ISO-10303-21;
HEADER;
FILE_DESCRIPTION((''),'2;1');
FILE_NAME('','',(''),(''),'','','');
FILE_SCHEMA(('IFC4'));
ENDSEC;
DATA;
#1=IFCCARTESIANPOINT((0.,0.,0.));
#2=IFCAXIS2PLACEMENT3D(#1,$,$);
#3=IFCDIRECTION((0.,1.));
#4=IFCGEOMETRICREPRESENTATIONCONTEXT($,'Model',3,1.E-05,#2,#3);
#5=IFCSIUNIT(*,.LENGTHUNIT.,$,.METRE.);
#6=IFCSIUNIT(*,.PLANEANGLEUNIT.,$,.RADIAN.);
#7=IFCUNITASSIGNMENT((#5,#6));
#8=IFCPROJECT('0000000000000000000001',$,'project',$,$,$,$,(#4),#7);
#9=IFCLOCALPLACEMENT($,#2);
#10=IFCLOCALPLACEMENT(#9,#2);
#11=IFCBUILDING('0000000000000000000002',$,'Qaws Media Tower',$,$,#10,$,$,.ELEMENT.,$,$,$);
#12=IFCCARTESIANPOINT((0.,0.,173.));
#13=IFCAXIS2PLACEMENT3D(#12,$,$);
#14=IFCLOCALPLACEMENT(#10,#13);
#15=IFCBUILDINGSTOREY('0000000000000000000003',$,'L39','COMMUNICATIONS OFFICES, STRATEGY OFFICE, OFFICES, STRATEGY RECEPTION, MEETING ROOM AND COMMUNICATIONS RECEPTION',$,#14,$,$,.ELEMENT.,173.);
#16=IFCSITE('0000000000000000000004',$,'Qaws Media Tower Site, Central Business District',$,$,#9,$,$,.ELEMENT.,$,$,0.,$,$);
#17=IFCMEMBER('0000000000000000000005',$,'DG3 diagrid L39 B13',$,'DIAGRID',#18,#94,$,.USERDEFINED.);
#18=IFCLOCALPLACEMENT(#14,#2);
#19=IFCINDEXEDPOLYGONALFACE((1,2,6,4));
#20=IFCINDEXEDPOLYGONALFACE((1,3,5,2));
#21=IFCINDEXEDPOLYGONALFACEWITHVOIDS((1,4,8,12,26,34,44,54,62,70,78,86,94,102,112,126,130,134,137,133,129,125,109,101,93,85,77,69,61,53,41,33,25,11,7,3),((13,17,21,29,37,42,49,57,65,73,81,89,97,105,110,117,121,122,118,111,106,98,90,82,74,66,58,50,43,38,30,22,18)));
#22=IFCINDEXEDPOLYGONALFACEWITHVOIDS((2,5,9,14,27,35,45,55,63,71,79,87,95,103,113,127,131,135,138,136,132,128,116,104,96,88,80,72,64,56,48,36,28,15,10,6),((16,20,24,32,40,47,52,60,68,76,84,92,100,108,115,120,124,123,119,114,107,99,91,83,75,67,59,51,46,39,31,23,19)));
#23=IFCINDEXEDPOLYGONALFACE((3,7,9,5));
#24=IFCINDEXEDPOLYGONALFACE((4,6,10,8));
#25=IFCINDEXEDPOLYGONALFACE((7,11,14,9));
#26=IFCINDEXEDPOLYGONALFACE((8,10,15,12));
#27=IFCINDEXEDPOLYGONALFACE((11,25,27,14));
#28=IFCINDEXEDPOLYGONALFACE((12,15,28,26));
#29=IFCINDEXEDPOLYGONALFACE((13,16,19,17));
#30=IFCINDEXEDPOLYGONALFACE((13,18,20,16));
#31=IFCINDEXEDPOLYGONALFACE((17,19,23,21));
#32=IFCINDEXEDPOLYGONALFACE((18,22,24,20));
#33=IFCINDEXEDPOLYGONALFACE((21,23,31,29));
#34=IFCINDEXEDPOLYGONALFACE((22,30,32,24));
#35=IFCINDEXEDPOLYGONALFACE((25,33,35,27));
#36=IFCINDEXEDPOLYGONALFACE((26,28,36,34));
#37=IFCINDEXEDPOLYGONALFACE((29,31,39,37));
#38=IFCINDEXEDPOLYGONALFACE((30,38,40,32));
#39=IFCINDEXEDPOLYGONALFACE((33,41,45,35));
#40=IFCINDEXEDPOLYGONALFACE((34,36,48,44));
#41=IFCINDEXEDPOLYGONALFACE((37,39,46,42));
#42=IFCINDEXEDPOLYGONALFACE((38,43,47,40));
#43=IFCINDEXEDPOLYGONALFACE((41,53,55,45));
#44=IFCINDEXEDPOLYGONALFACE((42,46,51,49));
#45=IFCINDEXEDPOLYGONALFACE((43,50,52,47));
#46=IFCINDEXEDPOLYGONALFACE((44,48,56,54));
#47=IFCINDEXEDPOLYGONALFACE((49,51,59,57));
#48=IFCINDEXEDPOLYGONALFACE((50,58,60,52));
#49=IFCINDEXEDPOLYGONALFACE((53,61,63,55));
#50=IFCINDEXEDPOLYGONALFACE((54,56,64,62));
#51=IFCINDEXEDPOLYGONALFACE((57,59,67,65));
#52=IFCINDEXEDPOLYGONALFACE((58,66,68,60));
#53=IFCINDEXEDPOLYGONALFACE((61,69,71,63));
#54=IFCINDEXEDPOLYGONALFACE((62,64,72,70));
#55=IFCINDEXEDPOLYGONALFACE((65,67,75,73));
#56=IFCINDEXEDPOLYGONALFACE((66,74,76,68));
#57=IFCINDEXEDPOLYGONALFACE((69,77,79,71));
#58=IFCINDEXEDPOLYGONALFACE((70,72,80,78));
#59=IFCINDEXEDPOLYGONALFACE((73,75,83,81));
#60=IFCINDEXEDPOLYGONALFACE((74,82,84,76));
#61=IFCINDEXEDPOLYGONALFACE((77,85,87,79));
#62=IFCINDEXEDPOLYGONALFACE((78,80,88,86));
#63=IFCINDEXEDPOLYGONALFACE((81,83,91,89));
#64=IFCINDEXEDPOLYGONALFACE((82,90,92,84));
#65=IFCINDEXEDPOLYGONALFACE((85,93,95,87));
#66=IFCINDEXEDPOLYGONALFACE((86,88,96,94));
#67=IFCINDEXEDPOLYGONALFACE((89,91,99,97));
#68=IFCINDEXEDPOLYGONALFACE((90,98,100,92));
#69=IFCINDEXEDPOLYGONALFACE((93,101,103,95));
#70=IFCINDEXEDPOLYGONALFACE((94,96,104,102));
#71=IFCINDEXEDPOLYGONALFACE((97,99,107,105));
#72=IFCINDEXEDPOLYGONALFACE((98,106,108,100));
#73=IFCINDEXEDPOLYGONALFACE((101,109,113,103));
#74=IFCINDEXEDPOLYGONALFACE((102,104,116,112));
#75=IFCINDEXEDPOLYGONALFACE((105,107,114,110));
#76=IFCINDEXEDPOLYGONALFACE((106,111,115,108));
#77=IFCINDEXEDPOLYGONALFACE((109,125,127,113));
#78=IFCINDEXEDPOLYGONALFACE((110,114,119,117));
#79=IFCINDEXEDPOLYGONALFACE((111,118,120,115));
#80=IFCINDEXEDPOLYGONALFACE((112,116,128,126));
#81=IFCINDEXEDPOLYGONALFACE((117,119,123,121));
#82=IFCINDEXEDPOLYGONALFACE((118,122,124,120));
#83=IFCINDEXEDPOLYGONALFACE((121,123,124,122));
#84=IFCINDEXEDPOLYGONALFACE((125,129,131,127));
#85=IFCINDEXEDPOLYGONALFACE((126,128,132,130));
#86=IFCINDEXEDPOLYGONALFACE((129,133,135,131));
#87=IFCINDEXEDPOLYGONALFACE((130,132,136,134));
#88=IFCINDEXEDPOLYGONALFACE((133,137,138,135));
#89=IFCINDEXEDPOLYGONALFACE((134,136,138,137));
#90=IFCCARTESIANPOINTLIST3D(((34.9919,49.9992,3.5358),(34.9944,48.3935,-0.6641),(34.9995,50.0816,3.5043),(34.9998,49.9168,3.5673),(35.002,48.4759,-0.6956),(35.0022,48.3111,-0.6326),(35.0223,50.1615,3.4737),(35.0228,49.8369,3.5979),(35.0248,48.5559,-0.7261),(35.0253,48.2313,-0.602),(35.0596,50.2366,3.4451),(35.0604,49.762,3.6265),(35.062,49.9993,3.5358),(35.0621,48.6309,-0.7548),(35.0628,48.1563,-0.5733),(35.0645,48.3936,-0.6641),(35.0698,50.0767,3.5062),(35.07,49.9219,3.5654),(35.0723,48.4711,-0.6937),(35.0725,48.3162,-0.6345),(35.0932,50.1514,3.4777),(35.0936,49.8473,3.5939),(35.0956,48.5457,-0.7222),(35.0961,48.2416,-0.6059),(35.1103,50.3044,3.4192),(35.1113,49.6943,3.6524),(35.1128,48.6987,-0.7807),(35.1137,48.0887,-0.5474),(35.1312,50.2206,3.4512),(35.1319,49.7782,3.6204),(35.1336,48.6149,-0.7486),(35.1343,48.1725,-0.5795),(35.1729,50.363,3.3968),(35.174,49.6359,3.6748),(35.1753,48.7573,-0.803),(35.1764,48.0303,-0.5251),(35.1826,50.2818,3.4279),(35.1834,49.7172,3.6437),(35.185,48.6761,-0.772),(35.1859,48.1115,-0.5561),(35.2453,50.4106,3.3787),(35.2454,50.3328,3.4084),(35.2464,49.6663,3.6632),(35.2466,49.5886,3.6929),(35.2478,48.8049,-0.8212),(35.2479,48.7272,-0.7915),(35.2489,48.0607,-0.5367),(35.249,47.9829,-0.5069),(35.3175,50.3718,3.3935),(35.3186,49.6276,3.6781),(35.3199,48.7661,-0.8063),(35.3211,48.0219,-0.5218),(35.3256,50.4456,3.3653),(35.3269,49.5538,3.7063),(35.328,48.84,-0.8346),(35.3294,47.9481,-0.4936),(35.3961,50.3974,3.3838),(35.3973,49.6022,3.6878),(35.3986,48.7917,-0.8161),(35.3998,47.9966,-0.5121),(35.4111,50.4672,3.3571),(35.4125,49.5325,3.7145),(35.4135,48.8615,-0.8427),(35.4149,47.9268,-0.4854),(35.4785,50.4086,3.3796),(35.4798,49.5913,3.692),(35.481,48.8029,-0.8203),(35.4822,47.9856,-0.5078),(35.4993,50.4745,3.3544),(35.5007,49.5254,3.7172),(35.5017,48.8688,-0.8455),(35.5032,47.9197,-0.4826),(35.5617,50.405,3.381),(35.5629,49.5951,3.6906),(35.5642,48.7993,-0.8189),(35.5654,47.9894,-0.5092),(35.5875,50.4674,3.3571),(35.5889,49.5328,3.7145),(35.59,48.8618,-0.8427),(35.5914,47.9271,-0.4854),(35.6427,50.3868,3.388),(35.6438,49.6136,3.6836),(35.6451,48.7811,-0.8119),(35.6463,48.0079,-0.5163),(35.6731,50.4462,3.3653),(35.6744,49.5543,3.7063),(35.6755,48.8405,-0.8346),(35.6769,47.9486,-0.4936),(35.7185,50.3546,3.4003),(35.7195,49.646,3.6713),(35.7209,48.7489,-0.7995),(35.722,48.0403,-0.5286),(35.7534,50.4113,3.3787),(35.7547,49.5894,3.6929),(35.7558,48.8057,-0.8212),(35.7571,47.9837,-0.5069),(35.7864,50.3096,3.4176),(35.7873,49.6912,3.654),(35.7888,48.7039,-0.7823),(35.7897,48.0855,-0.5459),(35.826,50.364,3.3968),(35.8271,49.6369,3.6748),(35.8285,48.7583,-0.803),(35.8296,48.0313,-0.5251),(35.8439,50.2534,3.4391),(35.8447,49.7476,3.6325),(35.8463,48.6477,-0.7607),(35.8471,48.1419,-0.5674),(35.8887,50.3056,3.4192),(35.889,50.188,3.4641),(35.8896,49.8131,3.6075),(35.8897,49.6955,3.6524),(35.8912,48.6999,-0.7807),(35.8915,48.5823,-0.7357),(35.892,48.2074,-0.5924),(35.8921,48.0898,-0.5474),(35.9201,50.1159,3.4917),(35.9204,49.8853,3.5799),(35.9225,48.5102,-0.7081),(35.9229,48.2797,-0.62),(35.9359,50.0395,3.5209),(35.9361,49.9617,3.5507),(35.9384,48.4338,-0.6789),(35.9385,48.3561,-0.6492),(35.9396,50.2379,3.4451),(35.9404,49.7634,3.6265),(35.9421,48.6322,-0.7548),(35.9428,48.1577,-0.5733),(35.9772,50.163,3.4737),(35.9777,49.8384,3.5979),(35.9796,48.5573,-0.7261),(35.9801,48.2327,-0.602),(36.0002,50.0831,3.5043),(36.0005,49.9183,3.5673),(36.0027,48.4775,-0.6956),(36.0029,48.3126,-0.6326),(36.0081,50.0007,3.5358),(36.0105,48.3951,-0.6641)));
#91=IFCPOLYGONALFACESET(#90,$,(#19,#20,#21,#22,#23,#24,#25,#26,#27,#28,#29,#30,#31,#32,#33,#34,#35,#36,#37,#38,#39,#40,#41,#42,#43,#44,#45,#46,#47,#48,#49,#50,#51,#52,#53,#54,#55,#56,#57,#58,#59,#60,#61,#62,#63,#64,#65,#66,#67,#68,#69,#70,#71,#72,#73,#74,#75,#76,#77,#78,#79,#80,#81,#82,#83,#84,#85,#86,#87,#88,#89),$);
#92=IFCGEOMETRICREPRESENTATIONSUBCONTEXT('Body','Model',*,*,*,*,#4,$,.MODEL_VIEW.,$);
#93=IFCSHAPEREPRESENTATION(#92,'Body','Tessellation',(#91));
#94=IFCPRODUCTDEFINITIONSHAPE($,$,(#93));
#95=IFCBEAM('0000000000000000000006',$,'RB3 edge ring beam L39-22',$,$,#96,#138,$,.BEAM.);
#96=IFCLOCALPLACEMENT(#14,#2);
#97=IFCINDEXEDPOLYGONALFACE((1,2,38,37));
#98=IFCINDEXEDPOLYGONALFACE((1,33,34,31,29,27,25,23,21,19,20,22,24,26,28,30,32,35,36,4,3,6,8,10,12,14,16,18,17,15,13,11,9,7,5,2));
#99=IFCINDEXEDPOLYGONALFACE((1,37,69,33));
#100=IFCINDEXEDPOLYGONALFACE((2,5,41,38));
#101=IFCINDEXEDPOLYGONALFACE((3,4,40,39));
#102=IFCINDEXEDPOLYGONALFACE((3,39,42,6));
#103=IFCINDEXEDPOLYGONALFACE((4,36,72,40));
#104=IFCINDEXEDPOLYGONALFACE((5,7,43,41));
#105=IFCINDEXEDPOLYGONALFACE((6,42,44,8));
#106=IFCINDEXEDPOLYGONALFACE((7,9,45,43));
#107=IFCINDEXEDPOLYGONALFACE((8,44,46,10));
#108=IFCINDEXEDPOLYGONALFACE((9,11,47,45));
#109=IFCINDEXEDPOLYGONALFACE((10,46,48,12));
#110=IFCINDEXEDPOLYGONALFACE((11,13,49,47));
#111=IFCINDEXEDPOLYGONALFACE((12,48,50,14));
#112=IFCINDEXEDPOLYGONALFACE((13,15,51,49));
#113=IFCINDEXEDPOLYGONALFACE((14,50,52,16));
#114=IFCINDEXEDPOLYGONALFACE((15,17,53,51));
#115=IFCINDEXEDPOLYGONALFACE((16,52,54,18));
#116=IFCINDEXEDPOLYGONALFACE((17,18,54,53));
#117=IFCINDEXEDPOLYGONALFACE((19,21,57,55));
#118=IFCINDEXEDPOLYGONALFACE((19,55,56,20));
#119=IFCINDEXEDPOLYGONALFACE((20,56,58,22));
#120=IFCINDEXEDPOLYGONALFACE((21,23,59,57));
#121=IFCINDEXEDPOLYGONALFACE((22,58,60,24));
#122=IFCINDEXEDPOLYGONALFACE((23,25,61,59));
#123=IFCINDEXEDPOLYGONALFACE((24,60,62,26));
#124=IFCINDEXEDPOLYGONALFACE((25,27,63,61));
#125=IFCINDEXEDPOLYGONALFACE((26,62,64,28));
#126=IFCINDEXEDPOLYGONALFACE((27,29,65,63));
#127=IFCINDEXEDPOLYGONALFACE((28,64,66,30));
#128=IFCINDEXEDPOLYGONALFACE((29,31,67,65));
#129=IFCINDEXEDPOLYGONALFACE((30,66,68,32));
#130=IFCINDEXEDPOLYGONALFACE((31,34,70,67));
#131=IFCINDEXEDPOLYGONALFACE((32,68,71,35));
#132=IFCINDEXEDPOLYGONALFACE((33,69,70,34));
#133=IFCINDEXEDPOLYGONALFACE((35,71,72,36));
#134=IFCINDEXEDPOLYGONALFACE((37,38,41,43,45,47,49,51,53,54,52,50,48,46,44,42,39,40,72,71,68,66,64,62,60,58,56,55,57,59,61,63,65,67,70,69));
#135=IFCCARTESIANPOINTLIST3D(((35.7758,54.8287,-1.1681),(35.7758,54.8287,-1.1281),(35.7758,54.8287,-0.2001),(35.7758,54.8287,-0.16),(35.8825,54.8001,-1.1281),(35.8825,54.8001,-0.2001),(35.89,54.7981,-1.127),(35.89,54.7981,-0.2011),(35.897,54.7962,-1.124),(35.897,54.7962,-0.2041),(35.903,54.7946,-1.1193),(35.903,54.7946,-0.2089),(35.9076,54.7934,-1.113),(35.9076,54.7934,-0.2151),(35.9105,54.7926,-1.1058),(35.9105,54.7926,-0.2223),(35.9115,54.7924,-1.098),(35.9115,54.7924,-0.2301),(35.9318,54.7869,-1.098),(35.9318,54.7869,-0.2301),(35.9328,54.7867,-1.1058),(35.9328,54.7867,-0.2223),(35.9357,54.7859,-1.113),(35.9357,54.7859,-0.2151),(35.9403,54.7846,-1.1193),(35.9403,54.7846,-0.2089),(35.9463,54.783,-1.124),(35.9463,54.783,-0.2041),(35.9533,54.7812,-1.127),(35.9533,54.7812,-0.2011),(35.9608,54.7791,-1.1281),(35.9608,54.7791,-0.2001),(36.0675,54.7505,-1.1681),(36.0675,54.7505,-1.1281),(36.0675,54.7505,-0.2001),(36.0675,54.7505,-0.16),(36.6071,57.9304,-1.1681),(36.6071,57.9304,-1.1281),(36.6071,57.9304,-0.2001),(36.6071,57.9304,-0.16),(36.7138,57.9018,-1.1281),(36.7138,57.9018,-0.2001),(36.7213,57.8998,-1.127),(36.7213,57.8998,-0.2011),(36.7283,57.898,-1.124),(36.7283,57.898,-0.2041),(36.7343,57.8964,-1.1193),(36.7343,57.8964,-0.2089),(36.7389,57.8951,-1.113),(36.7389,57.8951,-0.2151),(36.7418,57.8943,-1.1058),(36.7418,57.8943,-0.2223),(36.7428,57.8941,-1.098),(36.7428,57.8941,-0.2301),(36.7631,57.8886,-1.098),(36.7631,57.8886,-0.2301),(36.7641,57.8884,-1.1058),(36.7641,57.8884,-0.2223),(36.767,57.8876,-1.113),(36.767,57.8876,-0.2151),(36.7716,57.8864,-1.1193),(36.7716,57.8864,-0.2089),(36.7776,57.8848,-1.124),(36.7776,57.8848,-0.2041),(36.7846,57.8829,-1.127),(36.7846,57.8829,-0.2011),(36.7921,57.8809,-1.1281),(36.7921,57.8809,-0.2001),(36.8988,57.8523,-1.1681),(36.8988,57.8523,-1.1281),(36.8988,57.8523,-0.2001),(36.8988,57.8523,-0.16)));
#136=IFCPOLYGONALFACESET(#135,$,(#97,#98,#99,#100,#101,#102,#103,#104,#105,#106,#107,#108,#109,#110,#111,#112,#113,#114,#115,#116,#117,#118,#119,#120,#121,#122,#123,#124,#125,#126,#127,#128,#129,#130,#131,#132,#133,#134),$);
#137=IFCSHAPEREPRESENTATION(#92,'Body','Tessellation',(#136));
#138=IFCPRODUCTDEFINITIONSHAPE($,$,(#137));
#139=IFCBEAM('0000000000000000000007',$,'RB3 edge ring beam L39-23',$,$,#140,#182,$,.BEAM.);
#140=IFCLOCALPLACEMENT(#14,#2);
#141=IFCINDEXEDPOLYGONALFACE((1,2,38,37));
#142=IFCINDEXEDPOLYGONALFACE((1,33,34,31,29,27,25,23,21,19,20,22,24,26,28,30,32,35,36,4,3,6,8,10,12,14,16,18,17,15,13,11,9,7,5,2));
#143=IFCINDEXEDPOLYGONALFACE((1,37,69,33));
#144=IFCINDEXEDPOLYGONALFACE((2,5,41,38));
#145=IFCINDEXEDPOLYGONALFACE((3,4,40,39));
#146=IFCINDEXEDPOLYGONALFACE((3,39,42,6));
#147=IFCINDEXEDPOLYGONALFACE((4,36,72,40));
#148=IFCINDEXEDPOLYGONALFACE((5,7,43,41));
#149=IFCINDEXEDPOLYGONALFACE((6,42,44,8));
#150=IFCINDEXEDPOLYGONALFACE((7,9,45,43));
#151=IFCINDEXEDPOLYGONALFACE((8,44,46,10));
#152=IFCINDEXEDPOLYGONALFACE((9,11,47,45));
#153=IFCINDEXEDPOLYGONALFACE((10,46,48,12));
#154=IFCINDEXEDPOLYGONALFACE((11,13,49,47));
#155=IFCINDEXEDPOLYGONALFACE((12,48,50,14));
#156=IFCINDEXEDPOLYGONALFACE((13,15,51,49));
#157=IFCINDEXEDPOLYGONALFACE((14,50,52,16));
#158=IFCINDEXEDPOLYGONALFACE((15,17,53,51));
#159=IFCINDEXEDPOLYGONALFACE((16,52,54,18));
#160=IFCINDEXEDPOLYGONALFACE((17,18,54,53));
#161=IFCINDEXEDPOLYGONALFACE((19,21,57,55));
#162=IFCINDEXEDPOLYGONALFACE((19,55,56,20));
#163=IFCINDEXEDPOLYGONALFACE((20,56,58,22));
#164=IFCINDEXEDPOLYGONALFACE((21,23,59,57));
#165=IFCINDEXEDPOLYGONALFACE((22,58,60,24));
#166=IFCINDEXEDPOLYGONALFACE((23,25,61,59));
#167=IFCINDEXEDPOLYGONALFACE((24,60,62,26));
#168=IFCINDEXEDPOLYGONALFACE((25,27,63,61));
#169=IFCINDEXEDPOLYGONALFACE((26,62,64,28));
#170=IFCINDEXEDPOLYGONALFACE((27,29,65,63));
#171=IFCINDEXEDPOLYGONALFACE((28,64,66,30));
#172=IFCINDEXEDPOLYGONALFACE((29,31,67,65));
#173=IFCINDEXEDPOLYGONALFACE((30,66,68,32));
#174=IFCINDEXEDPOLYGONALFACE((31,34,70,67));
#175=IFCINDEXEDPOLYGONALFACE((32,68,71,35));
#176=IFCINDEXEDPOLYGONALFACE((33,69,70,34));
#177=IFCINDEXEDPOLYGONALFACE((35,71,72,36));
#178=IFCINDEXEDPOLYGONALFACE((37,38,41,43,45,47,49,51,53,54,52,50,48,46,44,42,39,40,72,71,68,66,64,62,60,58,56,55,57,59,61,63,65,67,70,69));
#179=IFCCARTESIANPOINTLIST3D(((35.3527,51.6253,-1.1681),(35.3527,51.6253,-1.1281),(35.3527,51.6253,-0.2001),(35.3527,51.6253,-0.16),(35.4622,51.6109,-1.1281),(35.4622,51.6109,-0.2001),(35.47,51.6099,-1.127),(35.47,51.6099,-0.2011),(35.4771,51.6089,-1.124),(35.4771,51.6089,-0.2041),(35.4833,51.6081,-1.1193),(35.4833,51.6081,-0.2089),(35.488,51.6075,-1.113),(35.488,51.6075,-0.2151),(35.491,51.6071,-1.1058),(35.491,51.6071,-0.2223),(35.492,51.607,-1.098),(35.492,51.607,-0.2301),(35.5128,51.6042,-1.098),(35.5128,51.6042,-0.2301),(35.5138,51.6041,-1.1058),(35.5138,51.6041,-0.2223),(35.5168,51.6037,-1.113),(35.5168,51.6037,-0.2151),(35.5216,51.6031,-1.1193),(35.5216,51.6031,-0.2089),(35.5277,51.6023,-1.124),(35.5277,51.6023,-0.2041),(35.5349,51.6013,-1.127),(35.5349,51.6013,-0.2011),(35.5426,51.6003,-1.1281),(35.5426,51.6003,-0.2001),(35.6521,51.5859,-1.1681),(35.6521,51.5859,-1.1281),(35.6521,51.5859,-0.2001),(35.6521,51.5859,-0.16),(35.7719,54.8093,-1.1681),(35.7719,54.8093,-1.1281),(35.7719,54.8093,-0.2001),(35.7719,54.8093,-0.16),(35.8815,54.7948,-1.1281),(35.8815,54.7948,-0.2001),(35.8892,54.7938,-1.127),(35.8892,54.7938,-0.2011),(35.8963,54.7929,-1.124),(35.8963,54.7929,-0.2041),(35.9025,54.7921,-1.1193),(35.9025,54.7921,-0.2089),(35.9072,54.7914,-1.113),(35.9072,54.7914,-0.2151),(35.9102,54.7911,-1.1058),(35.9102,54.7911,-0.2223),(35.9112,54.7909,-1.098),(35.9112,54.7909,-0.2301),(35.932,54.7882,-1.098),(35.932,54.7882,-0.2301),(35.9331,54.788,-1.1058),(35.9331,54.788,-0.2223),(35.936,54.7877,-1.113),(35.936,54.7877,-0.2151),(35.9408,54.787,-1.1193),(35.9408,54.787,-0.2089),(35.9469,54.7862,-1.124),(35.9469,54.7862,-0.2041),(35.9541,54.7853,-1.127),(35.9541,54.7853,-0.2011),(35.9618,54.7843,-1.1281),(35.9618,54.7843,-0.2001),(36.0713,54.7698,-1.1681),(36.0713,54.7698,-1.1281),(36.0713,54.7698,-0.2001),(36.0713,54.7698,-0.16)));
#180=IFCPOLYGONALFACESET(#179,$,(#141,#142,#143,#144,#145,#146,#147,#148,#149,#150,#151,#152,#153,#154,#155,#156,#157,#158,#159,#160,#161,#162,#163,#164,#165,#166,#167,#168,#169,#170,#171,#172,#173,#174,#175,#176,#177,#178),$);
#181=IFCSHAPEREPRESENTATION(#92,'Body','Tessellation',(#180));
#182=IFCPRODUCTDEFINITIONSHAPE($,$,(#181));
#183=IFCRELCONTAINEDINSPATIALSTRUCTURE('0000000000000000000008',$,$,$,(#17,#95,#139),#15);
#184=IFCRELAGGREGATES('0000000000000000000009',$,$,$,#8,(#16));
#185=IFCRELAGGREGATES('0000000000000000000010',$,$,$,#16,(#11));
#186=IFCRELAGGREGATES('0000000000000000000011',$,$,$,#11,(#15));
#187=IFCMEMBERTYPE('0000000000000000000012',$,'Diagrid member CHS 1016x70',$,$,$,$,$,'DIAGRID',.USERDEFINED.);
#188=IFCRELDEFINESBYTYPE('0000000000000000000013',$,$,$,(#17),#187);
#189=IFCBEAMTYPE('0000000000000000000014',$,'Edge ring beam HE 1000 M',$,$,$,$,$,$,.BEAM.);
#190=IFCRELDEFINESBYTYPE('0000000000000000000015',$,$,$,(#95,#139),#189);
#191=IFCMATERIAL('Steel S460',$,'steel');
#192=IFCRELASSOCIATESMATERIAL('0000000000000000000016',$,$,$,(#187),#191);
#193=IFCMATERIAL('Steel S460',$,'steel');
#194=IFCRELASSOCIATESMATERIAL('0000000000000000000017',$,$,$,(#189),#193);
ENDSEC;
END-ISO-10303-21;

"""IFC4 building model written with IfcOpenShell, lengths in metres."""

from ifc_helpers import new_model, si_unit, direction, frame, origin, origin_2d, place, context, subcontext, project, spatial, hollow_circle, i_section, extrude, material, material_profile, profile_set, type_object, element, save


model = new_model("IFC4")

# Units and contexts
model_context = context("Model", 3, precision=1e-05, world=origin(), true_north=direction((0.0, 1.0)))
body_context = subcontext(model_context, "Body", "Model", "MODEL_VIEW")
ifc_project = project(units=[si_unit("LENGTHUNIT", "METRE"), si_unit("PLANEANGLEUNIT", "RADIAN")], contexts=[model_context])

# Site, building, storey
site_placement = place(None, origin())
site = spatial("IfcSite", under=ifc_project, at=site_placement, Name="Qaws Media Tower Site, Central Business District", CompositionType="ELEMENT", RefElevation=0.0)
building_placement = place(site_placement, origin())
building = spatial("IfcBuilding", under=site, at=building_placement, Name="Qaws Media Tower", CompositionType="ELEMENT")
storey_placement = place(building_placement, frame((0.0, 0.0, 173.0)))
storey = spatial("IfcBuildingStorey", under=building, at=storey_placement, Name="L39", Description="COMMUNICATIONS OFFICES, STRATEGY OFFICE, OFFICES, STRATEGY RECEPTION, MEETING ROOM AND COMMUNICATIONS RECEPTION", CompositionType="ELEMENT", Elevation=173.0)

# Member
ifc_material_1 = material(Name="Steel S460", Category="steel")
ifc_material_profile_1 = material_profile(ifc_material_1, hollow_circle(Radius=0.5081, WallThickness=0.0701, at=origin_2d()), Name="CHS 1016x70")
ifc_profile_set_1 = profile_set([ifc_material_profile_1], Name="Steel S460")
member_type_1 = type_object("IfcMemberType", Name="Diagrid member CHS 1016x70", ElementType="DIAGRID", PredefinedType="USERDEFINED", material=ifc_profile_set_1)
for number, where, z_axis, x_axis, name in (
    (1, (35.5024, 48.3943, -0.6641), (-0.000543, 0.357108, 0.934063), (-0.999999, -0.00152, 0.0), "DG3 diagrid L39 B13"),
):
    element("IfcMember", number, at=place(storey_placement, frame(where, z_axis=z_axis, x_axis=x_axis)), inside=storey, type_object=member_type_1, Name=name, ObjectType="DIAGRID", PredefinedType="USERDEFINED", context=body_context, shape_type="SweptSolid", body=[
        extrude(hollow_circle(Radius=0.5081, WallThickness=0.0701, at=origin_2d()), origin(), (0.0, 0.0, 1.0), 4.4963),
    ])

# Beams
ifc_material_2 = material(Name="Steel S460", Category="steel")
ifc_material_profile_2 = material_profile(ifc_material_2, i_section(OverallWidth=0.302, OverallDepth=1.0081, WebThickness=0.021, FlangeThickness=0.04, FilletRadius=0.03, at=origin_2d()), Name="HE 1000 M")
ifc_profile_set_2 = profile_set([ifc_material_profile_2], Name="Steel S460")
beam_type = type_object("IfcBeamType", Name="Edge ring beam HE 1000 M", PredefinedType="BEAM", material=ifc_profile_set_2)
beam_1_placement = place(storey_placement, frame((36.7529, 57.8914, -0.6641), z_axis=(-0.258869, -0.965912, 0.0), x_axis=(0.965912, -0.258869, 0.0)))
element("IfcBeam", 2, at=beam_1_placement, inside=storey, type_object=beam_type, Name="RB3 edge ring beam L39-22", PredefinedType="BEAM", context=body_context, shape_type="SweptSolid", body=[
    extrude(i_section(OverallWidth=0.302, OverallDepth=1.0081, WebThickness=0.021, FlangeThickness=0.04, FilletRadius=0.03, at=origin_2d()), origin(), (0.0, 0.0, 1.0), 3.2112),
])
for number, where, z_axis, x_axis, name in (
    (3, (35.9216, 54.7896, -0.6641), (-0.130535, -0.991444, 0.0), (0.991444, -0.130535, 0.0), "RB3 edge ring beam L39-23"),
):
    element("IfcBeam", number, at=place(storey_placement, frame(where, z_axis=z_axis, x_axis=x_axis)), inside=storey, type_object=beam_type, Name=name, PredefinedType="BEAM", context=body_context, shape_type="SweptSolid", body=[
        extrude(i_section(OverallWidth=0.302, OverallDepth=1.0081, WebThickness=0.021, FlangeThickness=0.04, FilletRadius=0.03, at=origin_2d()), origin(), (0.0, 0.0, 1.0), 3.2114),
    ])

save(model, "model.ifc")
